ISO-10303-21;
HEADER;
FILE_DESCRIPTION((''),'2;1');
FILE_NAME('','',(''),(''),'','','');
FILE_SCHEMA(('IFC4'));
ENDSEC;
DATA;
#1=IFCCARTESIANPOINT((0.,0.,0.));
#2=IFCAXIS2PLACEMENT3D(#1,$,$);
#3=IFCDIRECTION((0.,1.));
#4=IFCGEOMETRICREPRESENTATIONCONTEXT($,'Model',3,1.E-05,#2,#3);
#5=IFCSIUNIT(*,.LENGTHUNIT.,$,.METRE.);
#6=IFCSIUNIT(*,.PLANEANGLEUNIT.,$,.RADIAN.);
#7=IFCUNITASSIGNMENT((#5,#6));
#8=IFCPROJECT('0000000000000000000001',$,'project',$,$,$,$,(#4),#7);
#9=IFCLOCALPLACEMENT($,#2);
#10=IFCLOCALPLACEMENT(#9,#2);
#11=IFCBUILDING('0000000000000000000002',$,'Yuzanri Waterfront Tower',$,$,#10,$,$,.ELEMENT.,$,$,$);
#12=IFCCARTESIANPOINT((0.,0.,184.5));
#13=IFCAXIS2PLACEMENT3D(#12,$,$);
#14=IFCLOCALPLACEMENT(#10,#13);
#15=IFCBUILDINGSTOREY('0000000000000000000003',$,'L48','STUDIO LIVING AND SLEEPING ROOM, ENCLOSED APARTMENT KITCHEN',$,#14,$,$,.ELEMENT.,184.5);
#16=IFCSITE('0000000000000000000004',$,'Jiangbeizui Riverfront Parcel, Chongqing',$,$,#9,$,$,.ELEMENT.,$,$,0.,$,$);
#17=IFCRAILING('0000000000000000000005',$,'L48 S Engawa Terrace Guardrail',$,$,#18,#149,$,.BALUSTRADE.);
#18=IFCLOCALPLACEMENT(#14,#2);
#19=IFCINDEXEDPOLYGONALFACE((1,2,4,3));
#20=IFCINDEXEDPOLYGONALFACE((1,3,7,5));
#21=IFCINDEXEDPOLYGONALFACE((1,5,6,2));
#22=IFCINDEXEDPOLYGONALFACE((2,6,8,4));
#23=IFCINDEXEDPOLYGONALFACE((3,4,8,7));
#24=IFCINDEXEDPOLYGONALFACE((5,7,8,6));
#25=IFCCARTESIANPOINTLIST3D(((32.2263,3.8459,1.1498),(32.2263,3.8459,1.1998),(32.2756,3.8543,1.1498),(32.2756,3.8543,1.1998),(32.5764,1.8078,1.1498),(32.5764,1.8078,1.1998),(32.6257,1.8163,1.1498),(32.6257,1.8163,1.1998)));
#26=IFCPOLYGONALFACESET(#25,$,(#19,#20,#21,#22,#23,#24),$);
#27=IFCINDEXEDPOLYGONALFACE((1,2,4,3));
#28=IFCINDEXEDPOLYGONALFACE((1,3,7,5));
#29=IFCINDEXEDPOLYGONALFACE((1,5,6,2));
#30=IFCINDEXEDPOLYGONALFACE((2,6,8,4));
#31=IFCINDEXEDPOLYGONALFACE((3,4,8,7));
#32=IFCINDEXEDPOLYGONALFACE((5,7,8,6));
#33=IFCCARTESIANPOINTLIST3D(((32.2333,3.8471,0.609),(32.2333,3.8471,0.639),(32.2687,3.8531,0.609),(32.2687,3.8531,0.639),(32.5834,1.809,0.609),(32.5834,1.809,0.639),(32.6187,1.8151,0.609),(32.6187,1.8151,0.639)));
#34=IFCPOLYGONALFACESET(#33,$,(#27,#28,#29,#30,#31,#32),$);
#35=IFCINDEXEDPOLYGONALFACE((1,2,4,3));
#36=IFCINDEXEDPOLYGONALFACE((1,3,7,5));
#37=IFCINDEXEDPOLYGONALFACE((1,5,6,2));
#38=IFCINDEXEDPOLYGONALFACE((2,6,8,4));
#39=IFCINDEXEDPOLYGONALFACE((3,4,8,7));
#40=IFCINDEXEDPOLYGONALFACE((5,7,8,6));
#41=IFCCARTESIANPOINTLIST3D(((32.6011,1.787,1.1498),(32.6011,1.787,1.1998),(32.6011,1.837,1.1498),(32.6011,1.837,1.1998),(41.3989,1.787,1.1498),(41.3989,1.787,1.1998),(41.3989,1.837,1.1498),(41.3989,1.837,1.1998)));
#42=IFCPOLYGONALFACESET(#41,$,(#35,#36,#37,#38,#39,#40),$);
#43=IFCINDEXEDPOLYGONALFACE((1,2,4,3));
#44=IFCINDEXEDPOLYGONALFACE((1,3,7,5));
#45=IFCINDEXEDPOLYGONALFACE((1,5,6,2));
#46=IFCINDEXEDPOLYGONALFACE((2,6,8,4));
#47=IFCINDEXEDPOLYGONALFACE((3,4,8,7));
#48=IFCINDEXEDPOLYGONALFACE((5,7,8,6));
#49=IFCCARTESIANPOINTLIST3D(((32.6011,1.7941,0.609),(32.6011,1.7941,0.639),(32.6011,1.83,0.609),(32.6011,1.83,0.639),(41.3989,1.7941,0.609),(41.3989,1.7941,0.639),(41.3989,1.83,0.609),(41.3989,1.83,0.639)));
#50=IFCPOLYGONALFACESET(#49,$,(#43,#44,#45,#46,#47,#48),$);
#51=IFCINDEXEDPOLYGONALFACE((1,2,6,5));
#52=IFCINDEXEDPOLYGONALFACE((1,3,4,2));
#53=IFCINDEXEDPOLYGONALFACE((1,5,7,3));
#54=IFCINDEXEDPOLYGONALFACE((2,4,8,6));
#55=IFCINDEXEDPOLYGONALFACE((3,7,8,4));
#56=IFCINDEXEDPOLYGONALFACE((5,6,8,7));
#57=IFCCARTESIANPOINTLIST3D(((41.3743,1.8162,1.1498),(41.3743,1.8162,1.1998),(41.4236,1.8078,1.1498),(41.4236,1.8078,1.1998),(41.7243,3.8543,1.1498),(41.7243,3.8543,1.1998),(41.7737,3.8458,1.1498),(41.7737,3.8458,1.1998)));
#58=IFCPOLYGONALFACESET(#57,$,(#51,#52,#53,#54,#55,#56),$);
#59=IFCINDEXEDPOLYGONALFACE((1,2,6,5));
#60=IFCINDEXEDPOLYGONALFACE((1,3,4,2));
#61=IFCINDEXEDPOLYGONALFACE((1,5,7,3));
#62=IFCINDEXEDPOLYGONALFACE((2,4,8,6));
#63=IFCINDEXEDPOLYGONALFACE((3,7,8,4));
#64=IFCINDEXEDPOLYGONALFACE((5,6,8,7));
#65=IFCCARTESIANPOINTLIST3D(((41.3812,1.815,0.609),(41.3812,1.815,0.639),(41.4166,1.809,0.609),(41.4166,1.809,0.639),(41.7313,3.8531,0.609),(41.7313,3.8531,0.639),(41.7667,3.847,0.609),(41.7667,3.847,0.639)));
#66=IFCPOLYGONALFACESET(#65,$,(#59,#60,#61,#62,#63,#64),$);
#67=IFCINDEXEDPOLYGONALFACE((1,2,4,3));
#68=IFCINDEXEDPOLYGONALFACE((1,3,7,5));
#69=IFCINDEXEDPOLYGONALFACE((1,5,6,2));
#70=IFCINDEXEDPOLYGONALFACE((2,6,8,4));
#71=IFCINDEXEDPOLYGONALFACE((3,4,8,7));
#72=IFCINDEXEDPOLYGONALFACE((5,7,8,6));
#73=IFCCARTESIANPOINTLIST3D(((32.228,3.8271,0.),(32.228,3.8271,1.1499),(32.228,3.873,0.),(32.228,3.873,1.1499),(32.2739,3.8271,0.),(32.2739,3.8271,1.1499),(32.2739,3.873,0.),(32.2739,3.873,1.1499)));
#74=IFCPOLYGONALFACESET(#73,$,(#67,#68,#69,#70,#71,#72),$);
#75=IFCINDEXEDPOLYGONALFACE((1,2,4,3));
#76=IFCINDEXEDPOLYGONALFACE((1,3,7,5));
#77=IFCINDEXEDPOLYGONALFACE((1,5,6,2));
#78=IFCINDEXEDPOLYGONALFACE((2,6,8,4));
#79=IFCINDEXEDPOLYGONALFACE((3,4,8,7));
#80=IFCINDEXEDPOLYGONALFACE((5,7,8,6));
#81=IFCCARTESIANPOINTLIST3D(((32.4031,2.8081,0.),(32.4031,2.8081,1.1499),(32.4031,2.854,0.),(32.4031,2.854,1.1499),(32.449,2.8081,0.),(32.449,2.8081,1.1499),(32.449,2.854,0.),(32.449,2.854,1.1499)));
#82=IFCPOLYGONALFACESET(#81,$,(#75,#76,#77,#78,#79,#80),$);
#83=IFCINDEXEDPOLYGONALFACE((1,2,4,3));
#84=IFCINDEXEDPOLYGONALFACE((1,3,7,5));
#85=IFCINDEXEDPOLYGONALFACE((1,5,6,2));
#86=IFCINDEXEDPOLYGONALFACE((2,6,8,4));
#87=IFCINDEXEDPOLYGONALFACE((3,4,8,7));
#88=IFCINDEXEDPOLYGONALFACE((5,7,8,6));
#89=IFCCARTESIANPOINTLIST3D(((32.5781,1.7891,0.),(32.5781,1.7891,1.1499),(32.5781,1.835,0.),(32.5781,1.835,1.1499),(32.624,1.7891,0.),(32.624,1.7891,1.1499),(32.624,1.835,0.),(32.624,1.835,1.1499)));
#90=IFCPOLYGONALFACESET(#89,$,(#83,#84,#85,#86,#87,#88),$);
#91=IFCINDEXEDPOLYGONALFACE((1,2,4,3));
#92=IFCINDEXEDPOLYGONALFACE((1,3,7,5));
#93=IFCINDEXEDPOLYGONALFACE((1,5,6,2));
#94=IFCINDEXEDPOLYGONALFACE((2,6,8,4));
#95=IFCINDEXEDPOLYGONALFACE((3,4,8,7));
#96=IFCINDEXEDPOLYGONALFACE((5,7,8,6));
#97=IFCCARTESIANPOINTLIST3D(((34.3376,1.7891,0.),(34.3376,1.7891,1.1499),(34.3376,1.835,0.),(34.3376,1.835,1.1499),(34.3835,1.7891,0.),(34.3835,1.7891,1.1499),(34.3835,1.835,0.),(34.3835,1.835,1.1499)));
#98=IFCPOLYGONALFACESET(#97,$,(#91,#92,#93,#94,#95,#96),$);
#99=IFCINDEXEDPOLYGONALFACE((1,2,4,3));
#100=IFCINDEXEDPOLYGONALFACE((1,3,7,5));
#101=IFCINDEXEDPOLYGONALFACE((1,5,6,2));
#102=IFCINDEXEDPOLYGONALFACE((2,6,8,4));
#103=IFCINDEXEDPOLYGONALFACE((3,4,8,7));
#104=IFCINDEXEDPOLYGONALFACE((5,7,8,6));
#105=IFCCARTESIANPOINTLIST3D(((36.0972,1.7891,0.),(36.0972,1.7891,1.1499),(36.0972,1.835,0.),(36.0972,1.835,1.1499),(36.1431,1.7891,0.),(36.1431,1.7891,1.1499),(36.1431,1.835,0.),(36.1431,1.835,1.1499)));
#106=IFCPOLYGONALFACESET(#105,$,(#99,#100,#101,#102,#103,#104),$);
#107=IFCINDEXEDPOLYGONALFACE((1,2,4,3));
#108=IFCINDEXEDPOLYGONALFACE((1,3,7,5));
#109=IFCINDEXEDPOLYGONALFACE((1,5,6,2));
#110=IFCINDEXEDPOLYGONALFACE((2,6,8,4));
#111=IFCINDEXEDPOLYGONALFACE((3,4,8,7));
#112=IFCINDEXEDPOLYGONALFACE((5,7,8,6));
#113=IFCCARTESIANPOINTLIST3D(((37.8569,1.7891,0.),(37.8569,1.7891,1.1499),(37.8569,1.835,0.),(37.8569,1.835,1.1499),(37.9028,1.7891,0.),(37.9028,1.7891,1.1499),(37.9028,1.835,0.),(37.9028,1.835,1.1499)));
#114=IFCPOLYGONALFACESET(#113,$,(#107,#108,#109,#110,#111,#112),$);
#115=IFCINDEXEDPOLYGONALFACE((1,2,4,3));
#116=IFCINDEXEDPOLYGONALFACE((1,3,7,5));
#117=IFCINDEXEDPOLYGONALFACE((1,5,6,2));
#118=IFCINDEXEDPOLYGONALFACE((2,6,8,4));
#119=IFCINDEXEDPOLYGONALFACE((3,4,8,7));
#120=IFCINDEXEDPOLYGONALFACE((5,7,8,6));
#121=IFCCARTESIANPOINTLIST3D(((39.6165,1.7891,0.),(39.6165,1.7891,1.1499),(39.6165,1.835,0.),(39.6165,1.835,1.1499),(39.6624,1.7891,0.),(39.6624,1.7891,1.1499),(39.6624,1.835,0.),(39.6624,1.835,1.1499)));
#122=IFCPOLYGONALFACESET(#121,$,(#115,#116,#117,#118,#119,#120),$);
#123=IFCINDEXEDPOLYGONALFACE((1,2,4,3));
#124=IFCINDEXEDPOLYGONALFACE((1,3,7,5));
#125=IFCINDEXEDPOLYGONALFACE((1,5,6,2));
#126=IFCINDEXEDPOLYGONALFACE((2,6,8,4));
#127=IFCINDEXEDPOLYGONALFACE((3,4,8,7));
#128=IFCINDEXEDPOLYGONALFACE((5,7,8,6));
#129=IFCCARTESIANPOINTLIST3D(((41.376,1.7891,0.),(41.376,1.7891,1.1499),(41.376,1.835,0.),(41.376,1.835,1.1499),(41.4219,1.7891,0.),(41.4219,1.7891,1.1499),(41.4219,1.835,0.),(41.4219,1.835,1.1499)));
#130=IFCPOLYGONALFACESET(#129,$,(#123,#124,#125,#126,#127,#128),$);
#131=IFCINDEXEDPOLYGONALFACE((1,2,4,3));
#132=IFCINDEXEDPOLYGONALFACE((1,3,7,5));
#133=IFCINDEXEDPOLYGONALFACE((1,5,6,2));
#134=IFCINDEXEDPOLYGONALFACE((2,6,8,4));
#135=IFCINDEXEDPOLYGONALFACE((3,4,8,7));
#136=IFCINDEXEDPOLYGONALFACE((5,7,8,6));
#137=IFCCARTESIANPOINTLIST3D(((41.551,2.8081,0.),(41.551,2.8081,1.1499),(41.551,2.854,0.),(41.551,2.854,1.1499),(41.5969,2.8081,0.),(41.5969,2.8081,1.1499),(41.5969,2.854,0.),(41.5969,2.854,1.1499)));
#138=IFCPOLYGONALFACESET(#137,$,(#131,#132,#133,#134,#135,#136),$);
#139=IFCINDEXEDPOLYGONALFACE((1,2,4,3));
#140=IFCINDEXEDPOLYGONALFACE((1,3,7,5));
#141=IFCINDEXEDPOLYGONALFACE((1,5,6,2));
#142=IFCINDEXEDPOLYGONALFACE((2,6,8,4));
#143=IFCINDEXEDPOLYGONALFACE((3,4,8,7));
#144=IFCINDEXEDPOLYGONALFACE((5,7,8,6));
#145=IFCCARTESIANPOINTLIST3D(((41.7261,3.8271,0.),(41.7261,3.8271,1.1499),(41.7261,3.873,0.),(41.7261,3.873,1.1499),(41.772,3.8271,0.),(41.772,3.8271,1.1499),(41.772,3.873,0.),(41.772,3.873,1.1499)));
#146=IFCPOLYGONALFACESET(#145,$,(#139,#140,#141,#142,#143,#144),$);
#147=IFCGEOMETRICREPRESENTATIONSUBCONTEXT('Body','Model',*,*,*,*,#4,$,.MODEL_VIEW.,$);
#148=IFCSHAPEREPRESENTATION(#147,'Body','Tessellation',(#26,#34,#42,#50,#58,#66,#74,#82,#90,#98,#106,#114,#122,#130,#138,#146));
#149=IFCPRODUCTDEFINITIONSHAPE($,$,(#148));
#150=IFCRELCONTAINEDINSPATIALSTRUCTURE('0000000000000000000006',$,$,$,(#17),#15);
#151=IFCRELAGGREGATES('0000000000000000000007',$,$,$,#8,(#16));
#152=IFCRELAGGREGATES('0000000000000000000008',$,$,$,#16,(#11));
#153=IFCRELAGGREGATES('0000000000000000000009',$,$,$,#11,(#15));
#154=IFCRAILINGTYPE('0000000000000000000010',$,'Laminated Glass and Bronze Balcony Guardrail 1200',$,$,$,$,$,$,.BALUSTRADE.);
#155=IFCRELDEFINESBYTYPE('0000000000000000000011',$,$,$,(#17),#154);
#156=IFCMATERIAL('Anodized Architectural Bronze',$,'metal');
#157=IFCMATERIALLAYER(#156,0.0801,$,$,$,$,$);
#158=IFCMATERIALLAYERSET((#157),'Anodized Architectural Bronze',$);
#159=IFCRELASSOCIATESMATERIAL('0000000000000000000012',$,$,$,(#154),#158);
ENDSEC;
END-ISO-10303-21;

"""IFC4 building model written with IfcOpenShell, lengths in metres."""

from ifc_helpers import new_model, si_unit, direction, frame, origin, origin_2d, place, context, subcontext, project, spatial, rectangle, extrude, source, transform, mapped, material, layer, layer_set, type_object, element, save


model = new_model("IFC4")

# Units and contexts
model_context = context("Model", 3, precision=1e-05, world=origin(), true_north=direction((0.0, 1.0)))
body_context = subcontext(model_context, "Body", "Model", "MODEL_VIEW")
ifc_project = project(units=[si_unit("LENGTHUNIT", "METRE"), si_unit("PLANEANGLEUNIT", "RADIAN")], contexts=[model_context])

# Site, building, storey
site_placement = place(None, origin())
site = spatial("IfcSite", under=ifc_project, at=site_placement, Name="Jiangbeizui Riverfront Parcel, Chongqing", CompositionType="ELEMENT", RefElevation=0.0)
building_placement = place(site_placement, origin())
building = spatial("IfcBuilding", under=site, at=building_placement, Name="Yuzanri Waterfront Tower", CompositionType="ELEMENT")
storey_placement = place(building_placement, frame((0.0, 0.0, 184.5)))
storey = spatial("IfcBuildingStorey", under=building, at=storey_placement, Name="L48", Description="STUDIO LIVING AND SLEEPING ROOM, ENCLOSED APARTMENT KITCHEN", CompositionType="ELEMENT", Elevation=184.5)

# Railing
ifc_material_1 = material(Name="Anodized Architectural Bronze", Category="metal")
ifc_layer_1 = layer(ifc_material_1, 0.0801)
ifc_layer_set_1 = layer_set([ifc_layer_1], Name="Anodized Architectural Bronze")
railing_type = type_object("IfcRailingType", Name="Laminated Glass and Bronze Balcony Guardrail 1200", PredefinedType="BALUSTRADE", material=ifc_layer_set_1)
shared_shape_1 = source(origin(), body_context, "Body", "SweptSolid", [
    extrude(rectangle(XDim=0.05, YDim=0.05, at=origin_2d()), frame((0.0, 0.0, 1.1748), z_axis=(0.169298, -0.985565, 0.0), x_axis=(0.985565, 0.169298, 0.0)), (0.0, 0.0, 1.0), 2.0679),
    extrude(rectangle(XDim=0.0359, YDim=0.03, at=origin_2d()), frame((0.0, 0.0, 0.624), z_axis=(0.169298, -0.985565, 0.0), x_axis=(0.985565, 0.169298, 0.0)), (0.0, 0.0, 1.0), 2.0679),
    extrude(rectangle(XDim=0.05, YDim=0.05, at=origin_2d()), frame((0.3501, -2.0381, 1.1748), z_axis=(1.0, 0.0, 0.0), x_axis=(0.0, 1.0, 0.0)), (0.0, 0.0, 1.0), 8.7979),
    extrude(rectangle(XDim=0.0359, YDim=0.03, at=origin_2d()), frame((0.3501, -2.0381, 0.624), z_axis=(1.0, 0.0, 0.0), x_axis=(0.0, 1.0, 0.0)), (0.0, 0.0, 1.0), 8.7979),
    extrude(rectangle(XDim=0.05, YDim=0.05, at=origin_2d()), frame((9.1479, -2.0381, 1.1748), z_axis=(0.169298, 0.985565, 0.0), x_axis=(-0.985565, 0.169298, 0.0)), (0.0, 0.0, 1.0), 2.0679),
    extrude(rectangle(XDim=0.0359, YDim=0.03, at=origin_2d()), frame((9.1479, -2.0381, 0.624), z_axis=(0.169298, 0.985565, 0.0), x_axis=(-0.985565, 0.169298, 0.0)), (0.0, 0.0, 1.0), 2.0679),
    extrude(rectangle(XDim=0.0459, YDim=0.0459, at=origin_2d()), origin(), (0.0, 0.0, 1.0), 1.1499),
    extrude(rectangle(XDim=0.0459, YDim=0.0459, at=origin_2d()), frame((0.175, -1.019, 0.0)), (0.0, 0.0, 1.0), 1.1499),
    extrude(rectangle(XDim=0.0459, YDim=0.0459, at=origin_2d()), frame((0.3501, -2.0381, 0.0)), (0.0, 0.0, 1.0), 1.1499),
    extrude(rectangle(XDim=0.0459, YDim=0.0459, at=origin_2d()), frame((2.1096, -2.0381, 0.0)), (0.0, 0.0, 1.0), 1.1499),
    extrude(rectangle(XDim=0.0459, YDim=0.0459, at=origin_2d()), frame((3.8691, -2.0381, 0.0)), (0.0, 0.0, 1.0), 1.1499),
    extrude(rectangle(XDim=0.0459, YDim=0.0459, at=origin_2d()), frame((5.6289, -2.0381, 0.0)), (0.0, 0.0, 1.0), 1.1499),
    extrude(rectangle(XDim=0.0459, YDim=0.0459, at=origin_2d()), frame((7.3884, -2.0381, 0.0)), (0.0, 0.0, 1.0), 1.1499),
    extrude(rectangle(XDim=0.0459, YDim=0.0459, at=origin_2d()), frame((9.1479, -2.0381, 0.0)), (0.0, 0.0, 1.0), 1.1499),
    extrude(rectangle(XDim=0.0459, YDim=0.0459, at=origin_2d()), frame((9.323, -1.019, 0.0)), (0.0, 0.0, 1.0), 1.1499),
    extrude(rectangle(XDim=0.0459, YDim=0.0459, at=origin_2d()), frame((9.498, 0.0, 0.0)), (0.0, 0.0, 1.0), 1.1499),
])
railing_placement = place(storey_placement, frame((32.251, 3.8501, 0.0)))
element("IfcRailing", 1, at=railing_placement, inside=storey, type_object=railing_type, Name="L48 S Engawa Terrace Guardrail", PredefinedType="BALUSTRADE", context=body_context, shape_type="MappedRepresentation", body=[
    mapped(shared_shape_1, transform((0.0, 0.0, 0.0), scale=1.0)),
])

save(model, "model.ifc")
